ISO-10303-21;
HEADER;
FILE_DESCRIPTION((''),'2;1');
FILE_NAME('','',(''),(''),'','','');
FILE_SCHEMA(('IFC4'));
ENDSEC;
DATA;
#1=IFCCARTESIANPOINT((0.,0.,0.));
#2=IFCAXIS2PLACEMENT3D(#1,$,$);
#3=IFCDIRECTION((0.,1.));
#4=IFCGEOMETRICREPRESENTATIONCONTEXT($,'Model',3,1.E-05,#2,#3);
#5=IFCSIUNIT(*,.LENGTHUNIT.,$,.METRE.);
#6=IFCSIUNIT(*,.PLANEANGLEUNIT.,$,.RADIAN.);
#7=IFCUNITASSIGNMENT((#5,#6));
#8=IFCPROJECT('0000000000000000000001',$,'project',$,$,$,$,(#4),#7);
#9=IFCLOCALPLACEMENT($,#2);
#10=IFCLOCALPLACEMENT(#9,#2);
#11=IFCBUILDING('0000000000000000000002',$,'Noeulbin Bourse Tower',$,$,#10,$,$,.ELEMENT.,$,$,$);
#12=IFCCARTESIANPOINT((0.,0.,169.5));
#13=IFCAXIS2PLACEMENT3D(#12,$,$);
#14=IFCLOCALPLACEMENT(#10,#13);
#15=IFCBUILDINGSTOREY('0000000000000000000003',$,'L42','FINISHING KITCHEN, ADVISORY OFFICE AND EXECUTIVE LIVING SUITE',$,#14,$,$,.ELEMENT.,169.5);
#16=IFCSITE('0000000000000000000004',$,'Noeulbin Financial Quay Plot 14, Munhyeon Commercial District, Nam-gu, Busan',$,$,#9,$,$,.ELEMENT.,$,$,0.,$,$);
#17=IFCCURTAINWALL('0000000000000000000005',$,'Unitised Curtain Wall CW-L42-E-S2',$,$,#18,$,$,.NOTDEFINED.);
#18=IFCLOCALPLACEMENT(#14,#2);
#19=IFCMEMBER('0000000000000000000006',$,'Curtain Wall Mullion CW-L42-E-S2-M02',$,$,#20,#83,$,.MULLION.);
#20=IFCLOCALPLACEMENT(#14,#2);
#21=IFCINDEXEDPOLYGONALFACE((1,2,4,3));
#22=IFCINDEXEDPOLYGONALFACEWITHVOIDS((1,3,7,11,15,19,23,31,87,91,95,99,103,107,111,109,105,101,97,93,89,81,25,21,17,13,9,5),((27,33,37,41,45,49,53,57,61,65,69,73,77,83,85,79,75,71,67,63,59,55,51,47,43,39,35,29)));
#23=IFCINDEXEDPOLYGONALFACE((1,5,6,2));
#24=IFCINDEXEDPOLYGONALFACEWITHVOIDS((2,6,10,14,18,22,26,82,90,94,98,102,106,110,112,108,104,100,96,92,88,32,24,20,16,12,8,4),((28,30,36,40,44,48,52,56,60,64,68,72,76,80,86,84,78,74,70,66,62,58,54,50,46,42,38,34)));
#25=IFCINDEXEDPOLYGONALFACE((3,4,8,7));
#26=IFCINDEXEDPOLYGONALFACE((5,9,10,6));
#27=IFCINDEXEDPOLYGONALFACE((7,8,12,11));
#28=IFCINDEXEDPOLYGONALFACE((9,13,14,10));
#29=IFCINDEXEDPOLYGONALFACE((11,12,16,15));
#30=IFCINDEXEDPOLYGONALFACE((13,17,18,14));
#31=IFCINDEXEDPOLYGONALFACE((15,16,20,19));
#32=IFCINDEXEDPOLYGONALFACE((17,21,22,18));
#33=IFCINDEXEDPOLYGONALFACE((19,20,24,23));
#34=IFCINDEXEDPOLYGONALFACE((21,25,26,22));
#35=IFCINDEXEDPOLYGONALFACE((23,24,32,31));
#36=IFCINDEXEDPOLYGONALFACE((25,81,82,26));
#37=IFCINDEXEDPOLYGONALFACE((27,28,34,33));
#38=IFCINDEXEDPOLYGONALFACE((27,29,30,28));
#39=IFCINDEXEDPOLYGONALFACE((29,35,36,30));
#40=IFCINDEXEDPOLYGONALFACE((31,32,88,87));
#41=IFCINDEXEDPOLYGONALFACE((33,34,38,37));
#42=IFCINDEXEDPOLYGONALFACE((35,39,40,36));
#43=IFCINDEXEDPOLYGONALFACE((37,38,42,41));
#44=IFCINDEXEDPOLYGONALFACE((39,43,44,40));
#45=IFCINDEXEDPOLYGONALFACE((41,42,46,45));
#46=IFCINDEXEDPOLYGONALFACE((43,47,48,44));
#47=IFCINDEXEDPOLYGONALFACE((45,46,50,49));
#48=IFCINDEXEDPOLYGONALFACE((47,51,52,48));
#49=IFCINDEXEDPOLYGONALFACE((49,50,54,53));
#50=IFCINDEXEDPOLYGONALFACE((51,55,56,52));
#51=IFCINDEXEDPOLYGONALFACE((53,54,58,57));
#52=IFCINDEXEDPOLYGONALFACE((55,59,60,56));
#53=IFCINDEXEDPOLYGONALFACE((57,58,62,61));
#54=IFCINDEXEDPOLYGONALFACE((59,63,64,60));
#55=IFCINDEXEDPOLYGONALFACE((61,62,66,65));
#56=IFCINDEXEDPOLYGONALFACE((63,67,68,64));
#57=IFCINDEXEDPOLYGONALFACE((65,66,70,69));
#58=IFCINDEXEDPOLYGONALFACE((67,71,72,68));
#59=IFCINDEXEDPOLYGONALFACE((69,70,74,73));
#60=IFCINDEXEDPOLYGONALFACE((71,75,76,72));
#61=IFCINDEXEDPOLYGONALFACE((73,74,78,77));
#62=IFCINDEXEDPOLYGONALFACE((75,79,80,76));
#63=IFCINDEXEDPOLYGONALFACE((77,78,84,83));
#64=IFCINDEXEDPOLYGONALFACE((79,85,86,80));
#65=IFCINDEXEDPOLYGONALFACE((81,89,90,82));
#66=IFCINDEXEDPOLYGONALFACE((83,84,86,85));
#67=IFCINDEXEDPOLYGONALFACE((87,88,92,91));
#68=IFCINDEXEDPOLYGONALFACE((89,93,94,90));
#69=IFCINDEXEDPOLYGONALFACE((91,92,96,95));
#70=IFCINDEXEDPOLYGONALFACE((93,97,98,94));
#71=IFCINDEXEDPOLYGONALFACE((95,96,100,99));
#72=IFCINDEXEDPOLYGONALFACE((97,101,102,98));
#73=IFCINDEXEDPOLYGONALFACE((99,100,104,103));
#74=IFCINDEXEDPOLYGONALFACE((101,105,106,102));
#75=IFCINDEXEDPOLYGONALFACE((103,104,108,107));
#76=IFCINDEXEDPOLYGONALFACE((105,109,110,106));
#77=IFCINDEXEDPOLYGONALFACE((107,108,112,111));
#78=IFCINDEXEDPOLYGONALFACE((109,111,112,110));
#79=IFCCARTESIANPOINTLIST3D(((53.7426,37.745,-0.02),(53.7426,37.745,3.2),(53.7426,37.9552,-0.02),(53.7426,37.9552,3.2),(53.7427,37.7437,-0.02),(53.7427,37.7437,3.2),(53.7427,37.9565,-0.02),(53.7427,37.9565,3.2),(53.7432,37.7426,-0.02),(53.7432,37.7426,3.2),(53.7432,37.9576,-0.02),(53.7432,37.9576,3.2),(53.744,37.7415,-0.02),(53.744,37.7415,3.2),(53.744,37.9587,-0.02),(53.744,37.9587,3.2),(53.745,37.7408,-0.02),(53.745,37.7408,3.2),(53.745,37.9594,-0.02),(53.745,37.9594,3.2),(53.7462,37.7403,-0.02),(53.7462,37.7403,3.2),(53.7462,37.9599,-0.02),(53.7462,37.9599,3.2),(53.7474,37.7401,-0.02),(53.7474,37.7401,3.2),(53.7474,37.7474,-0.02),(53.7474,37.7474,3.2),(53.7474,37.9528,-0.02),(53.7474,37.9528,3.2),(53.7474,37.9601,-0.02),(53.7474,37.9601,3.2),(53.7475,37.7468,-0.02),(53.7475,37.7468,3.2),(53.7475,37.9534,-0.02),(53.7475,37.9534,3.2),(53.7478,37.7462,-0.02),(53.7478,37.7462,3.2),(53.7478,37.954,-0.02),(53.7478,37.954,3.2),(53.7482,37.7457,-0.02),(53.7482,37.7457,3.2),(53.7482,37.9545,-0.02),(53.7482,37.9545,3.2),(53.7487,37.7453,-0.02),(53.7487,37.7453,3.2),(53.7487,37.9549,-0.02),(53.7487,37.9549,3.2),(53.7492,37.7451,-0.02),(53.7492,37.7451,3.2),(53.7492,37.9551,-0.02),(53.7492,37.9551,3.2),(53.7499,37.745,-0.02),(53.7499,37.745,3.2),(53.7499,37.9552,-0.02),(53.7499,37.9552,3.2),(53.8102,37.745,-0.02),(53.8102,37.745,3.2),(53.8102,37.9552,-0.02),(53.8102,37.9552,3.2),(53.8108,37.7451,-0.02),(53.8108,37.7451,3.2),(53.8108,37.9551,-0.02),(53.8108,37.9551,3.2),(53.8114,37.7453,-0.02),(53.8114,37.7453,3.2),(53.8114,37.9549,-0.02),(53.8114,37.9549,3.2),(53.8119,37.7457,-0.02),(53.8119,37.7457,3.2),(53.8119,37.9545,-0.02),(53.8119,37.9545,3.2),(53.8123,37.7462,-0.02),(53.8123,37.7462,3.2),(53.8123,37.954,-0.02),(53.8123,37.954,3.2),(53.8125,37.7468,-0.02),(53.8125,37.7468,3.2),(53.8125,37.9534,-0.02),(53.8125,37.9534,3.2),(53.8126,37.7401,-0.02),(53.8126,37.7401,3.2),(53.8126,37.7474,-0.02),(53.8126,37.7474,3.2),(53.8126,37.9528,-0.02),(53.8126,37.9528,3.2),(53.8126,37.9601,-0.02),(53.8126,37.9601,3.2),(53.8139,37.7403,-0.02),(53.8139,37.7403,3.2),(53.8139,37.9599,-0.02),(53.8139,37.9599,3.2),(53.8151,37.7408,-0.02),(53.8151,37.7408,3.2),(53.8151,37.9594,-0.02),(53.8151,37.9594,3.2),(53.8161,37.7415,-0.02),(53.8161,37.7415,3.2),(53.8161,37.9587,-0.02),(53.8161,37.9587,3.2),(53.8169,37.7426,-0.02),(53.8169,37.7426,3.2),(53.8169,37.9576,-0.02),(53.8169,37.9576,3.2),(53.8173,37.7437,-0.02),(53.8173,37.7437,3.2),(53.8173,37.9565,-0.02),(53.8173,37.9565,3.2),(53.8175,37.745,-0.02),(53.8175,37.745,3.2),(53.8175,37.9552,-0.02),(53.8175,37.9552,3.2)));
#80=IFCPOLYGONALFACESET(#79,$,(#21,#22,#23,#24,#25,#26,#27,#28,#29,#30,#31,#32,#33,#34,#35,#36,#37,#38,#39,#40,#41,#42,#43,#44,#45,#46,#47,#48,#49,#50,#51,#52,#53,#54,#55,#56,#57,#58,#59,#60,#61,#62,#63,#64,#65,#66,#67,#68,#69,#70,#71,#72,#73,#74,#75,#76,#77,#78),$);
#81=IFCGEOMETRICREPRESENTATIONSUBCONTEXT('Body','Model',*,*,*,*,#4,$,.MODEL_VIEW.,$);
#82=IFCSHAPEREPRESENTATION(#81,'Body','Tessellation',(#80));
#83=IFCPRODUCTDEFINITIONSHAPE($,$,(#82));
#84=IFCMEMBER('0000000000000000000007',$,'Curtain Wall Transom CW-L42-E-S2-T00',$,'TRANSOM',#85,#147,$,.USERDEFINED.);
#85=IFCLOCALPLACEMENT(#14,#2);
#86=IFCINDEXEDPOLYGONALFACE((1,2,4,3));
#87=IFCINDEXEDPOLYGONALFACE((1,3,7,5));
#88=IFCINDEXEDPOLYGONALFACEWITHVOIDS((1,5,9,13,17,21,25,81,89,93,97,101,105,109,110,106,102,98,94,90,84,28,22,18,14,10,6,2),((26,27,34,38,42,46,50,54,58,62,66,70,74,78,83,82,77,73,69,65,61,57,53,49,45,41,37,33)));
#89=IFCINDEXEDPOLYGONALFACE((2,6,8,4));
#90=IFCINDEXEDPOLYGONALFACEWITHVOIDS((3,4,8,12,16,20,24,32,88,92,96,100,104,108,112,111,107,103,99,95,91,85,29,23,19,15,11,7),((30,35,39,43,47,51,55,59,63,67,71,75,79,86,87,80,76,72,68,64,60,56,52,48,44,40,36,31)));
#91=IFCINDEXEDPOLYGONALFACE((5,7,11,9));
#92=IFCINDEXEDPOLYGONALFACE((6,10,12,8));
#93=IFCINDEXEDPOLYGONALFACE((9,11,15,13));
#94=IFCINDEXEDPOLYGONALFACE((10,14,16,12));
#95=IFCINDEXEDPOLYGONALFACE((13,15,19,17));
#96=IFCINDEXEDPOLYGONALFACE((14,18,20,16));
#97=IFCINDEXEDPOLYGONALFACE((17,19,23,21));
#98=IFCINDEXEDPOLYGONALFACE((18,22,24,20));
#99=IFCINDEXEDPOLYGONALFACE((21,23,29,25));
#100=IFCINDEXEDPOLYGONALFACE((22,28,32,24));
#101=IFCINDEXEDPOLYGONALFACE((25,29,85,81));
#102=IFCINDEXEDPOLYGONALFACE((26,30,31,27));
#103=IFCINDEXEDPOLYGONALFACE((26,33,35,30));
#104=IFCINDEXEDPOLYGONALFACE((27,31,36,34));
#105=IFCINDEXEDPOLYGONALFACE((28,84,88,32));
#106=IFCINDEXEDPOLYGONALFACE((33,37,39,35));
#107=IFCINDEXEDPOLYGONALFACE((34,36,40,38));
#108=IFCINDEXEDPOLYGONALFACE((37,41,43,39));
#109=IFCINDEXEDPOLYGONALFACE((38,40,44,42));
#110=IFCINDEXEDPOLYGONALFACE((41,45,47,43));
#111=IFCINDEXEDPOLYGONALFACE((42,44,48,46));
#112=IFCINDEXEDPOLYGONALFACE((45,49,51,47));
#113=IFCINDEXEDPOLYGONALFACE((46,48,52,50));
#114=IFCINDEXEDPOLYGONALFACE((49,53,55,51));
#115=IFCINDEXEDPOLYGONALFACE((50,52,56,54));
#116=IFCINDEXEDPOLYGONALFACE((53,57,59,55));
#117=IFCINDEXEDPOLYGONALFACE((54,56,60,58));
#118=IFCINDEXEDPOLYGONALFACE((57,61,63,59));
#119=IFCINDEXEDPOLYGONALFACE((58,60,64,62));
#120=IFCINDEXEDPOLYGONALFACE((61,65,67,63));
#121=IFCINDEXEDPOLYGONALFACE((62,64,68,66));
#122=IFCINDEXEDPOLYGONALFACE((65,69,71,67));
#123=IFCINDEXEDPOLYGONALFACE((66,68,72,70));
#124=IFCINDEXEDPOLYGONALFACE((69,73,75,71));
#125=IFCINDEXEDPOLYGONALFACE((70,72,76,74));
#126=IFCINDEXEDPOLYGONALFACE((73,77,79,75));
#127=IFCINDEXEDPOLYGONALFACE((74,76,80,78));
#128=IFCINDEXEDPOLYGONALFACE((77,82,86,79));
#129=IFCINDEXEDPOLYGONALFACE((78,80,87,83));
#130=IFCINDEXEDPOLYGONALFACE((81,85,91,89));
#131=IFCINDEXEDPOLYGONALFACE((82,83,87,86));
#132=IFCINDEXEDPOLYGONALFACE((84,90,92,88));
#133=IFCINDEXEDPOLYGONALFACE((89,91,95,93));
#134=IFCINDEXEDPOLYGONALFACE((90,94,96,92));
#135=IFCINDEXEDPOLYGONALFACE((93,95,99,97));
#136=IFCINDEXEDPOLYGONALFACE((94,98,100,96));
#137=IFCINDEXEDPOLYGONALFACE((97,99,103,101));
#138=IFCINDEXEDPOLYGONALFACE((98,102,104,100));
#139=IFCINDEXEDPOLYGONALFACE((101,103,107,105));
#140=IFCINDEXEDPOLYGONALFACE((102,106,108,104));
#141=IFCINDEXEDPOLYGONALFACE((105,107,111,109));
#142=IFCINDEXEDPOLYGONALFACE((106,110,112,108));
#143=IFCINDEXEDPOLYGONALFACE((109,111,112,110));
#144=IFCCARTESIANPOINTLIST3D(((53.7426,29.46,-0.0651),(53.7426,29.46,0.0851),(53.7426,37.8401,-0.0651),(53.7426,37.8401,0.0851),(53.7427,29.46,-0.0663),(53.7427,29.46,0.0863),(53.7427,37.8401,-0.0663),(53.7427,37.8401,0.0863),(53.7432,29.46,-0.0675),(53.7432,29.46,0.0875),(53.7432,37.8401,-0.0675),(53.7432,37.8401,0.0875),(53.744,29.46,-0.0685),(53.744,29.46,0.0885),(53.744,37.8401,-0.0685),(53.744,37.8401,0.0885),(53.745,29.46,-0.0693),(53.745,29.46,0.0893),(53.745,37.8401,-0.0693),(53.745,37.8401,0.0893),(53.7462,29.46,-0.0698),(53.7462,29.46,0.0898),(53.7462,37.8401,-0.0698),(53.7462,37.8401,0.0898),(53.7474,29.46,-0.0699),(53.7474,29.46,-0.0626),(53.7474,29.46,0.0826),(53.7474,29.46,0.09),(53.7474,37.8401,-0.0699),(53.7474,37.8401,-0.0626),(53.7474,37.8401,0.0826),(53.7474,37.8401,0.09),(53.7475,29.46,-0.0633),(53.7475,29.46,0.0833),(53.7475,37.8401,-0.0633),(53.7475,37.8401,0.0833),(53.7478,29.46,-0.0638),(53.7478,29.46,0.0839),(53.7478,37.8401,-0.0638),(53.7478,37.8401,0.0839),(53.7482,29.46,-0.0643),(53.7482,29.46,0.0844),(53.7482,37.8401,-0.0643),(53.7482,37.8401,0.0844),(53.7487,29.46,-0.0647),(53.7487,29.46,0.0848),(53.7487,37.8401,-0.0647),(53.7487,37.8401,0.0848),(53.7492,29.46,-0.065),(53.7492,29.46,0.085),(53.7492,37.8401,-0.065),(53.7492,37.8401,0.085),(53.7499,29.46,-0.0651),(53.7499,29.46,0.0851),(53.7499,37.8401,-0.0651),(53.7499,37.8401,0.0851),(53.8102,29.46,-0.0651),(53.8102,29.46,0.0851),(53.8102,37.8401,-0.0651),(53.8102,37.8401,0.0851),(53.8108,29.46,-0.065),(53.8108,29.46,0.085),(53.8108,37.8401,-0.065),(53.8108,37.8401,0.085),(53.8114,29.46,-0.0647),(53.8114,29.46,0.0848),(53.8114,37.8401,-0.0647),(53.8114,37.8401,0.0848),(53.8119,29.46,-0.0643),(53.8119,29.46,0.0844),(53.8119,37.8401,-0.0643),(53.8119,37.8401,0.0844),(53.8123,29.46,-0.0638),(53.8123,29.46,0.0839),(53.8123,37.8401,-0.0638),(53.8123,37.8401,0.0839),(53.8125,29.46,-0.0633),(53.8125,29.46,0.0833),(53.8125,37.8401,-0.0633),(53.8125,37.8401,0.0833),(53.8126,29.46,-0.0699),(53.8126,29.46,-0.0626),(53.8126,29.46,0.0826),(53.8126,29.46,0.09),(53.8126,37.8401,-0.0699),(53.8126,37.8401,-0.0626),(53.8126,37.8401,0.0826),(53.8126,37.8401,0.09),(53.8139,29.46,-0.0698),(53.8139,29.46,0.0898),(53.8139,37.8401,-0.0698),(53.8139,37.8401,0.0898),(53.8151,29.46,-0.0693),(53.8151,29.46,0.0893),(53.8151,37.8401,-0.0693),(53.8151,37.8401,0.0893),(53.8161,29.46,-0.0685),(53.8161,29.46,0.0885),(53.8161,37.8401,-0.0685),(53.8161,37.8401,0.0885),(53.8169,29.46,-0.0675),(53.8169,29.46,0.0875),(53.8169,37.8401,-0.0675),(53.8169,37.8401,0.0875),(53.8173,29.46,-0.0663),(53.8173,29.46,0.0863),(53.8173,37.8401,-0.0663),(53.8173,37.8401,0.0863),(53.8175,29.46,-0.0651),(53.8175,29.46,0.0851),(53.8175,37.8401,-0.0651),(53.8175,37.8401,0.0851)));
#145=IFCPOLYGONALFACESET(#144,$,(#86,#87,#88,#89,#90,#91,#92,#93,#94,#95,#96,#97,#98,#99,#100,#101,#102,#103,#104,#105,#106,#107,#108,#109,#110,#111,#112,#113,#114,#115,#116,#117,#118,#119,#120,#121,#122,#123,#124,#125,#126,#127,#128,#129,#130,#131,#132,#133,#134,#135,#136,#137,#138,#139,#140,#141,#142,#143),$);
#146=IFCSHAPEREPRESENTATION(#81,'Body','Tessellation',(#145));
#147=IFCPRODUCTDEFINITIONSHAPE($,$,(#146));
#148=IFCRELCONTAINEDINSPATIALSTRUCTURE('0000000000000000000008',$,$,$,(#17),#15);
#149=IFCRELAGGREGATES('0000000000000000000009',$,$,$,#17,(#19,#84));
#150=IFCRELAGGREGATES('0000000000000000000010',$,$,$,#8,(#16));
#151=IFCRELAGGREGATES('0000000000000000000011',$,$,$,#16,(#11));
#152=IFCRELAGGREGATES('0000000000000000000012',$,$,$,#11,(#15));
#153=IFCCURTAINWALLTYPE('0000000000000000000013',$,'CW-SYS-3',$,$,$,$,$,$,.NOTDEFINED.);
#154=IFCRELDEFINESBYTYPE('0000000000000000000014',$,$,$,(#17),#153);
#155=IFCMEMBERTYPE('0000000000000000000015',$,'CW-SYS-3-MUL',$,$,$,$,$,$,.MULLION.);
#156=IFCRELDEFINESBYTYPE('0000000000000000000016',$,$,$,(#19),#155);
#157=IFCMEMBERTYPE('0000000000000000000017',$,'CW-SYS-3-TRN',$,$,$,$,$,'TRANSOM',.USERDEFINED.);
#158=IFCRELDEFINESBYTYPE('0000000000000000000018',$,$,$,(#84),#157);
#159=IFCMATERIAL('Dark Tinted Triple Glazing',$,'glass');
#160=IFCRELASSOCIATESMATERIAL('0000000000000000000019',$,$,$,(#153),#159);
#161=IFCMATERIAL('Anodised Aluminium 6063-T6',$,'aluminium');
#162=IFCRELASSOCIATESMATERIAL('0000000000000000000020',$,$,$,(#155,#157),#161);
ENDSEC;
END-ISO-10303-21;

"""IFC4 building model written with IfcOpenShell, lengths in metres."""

from ifc_helpers import new_model, si_unit, direction, frame, origin, origin_2d, place, context, subcontext, project, spatial, hollow_rectangle, extrude, material, material_profile, profile_set, type_object, element, aggregate, save


model = new_model("IFC4")

# Units and contexts
model_context = context("Model", 3, precision=1e-05, world=origin(), true_north=direction((0.0, 1.0)))
body_context = subcontext(model_context, "Body", "Model", "MODEL_VIEW")
ifc_project = project(units=[si_unit("LENGTHUNIT", "METRE"), si_unit("PLANEANGLEUNIT", "RADIAN")], contexts=[model_context])

# Site, building, storey
site_placement = place(None, origin())
site = spatial("IfcSite", under=ifc_project, at=site_placement, Name="Noeulbin Financial Quay Plot 14, Munhyeon Commercial District, Nam-gu, Busan", CompositionType="ELEMENT", RefElevation=0.0)
building_placement = place(site_placement, origin())
building = spatial("IfcBuilding", under=site, at=building_placement, Name="Noeulbin Bourse Tower", CompositionType="ELEMENT")
storey_placement = place(building_placement, frame((0.0, 0.0, 169.5)))
storey = spatial("IfcBuildingStorey", under=building, at=storey_placement, Name="L42", Description="FINISHING KITCHEN, ADVISORY OFFICE AND EXECUTIVE LIVING SUITE", CompositionType="ELEMENT", Elevation=169.5)

# Curtain wall, members
ifc_material_1 = material(Name="Dark Tinted Triple Glazing", Category="glass")
curtain_wall_type = type_object("IfcCurtainWallType", Name="CW-SYS-3", PredefinedType="NOTDEFINED", material=ifc_material_1)
curtain_wall_placement = place(storey_placement, origin())
curtain_wall = element("IfcCurtainWall", 1, at=curtain_wall_placement, inside=storey, type_object=curtain_wall_type, Name="Unitised Curtain Wall CW-L42-E-S2", PredefinedType="NOTDEFINED")
ifc_material_2 = material(Name="Anodised Aluminium 6063-T6", Category="aluminium")
ifc_material_profile_1 = material_profile(ifc_material_2, hollow_rectangle(XDim=0.075, YDim=0.22, WallThickness=0.0049, InnerFilletRadius=0.0024, OuterFilletRadius=0.0049, at=origin_2d()), Name="ALU-MULL-75x220x5", Category="LoadBearing")
ifc_profile_set_1 = profile_set([ifc_material_profile_1], Name="Anodised Aluminium 6063-T6")
member_type_1 = type_object("IfcMemberType", Name="CW-SYS-3-MUL", PredefinedType="MULLION", material=ifc_profile_set_1)
member_1_placement = place(storey_placement, frame((53.78, 37.8501, -0.02), z_axis=(0.0, 0.0, 1.0), x_axis=(1.0, 0.0, 0.0)))
member_1 = element("IfcMember", 2, at=member_1_placement, type_object=member_type_1, Name="Curtain Wall Mullion CW-L42-E-S2-M02", PredefinedType="MULLION", context=body_context, shape_type="SweptSolid", body=[
    extrude(hollow_rectangle(XDim=0.075, YDim=0.22, WallThickness=0.0049, InnerFilletRadius=0.0024, OuterFilletRadius=0.0049, at=origin_2d()), origin(), (0.0, 0.0, 1.0), 3.22),
])
ifc_material_profile_2 = material_profile(ifc_material_2, hollow_rectangle(XDim=0.075, YDim=0.1599, WallThickness=0.0049, InnerFilletRadius=0.0024, OuterFilletRadius=0.0049, at=origin_2d()), Name="ALU-TRAN-75x160x5", Category="LoadBearing")
ifc_profile_set_2 = profile_set([ifc_material_profile_2], Name="Anodised Aluminium 6063-T6")
member_type_2 = type_object("IfcMemberType", Name="CW-SYS-3-TRN", ElementType="TRANSOM", PredefinedType="USERDEFINED", material=ifc_profile_set_2)
member_2_placement = place(storey_placement, frame((53.78, 29.46, 0.01), z_axis=(0.0, 1.0, 0.0), x_axis=(-1.0, 0.0, 0.0)))
member_2 = element("IfcMember", 3, at=member_2_placement, type_object=member_type_2, Name="Curtain Wall Transom CW-L42-E-S2-T00", ObjectType="TRANSOM", PredefinedType="USERDEFINED", context=body_context, shape_type="SweptSolid", body=[
    extrude(hollow_rectangle(XDim=0.075, YDim=0.1599, WallThickness=0.0049, InnerFilletRadius=0.0024, OuterFilletRadius=0.0049, at=origin_2d()), origin(), (0.0, 0.0, 1.0), 8.3801),
])

aggregate(curtain_wall, [member_1, member_2])

save(model, "model.ifc")
